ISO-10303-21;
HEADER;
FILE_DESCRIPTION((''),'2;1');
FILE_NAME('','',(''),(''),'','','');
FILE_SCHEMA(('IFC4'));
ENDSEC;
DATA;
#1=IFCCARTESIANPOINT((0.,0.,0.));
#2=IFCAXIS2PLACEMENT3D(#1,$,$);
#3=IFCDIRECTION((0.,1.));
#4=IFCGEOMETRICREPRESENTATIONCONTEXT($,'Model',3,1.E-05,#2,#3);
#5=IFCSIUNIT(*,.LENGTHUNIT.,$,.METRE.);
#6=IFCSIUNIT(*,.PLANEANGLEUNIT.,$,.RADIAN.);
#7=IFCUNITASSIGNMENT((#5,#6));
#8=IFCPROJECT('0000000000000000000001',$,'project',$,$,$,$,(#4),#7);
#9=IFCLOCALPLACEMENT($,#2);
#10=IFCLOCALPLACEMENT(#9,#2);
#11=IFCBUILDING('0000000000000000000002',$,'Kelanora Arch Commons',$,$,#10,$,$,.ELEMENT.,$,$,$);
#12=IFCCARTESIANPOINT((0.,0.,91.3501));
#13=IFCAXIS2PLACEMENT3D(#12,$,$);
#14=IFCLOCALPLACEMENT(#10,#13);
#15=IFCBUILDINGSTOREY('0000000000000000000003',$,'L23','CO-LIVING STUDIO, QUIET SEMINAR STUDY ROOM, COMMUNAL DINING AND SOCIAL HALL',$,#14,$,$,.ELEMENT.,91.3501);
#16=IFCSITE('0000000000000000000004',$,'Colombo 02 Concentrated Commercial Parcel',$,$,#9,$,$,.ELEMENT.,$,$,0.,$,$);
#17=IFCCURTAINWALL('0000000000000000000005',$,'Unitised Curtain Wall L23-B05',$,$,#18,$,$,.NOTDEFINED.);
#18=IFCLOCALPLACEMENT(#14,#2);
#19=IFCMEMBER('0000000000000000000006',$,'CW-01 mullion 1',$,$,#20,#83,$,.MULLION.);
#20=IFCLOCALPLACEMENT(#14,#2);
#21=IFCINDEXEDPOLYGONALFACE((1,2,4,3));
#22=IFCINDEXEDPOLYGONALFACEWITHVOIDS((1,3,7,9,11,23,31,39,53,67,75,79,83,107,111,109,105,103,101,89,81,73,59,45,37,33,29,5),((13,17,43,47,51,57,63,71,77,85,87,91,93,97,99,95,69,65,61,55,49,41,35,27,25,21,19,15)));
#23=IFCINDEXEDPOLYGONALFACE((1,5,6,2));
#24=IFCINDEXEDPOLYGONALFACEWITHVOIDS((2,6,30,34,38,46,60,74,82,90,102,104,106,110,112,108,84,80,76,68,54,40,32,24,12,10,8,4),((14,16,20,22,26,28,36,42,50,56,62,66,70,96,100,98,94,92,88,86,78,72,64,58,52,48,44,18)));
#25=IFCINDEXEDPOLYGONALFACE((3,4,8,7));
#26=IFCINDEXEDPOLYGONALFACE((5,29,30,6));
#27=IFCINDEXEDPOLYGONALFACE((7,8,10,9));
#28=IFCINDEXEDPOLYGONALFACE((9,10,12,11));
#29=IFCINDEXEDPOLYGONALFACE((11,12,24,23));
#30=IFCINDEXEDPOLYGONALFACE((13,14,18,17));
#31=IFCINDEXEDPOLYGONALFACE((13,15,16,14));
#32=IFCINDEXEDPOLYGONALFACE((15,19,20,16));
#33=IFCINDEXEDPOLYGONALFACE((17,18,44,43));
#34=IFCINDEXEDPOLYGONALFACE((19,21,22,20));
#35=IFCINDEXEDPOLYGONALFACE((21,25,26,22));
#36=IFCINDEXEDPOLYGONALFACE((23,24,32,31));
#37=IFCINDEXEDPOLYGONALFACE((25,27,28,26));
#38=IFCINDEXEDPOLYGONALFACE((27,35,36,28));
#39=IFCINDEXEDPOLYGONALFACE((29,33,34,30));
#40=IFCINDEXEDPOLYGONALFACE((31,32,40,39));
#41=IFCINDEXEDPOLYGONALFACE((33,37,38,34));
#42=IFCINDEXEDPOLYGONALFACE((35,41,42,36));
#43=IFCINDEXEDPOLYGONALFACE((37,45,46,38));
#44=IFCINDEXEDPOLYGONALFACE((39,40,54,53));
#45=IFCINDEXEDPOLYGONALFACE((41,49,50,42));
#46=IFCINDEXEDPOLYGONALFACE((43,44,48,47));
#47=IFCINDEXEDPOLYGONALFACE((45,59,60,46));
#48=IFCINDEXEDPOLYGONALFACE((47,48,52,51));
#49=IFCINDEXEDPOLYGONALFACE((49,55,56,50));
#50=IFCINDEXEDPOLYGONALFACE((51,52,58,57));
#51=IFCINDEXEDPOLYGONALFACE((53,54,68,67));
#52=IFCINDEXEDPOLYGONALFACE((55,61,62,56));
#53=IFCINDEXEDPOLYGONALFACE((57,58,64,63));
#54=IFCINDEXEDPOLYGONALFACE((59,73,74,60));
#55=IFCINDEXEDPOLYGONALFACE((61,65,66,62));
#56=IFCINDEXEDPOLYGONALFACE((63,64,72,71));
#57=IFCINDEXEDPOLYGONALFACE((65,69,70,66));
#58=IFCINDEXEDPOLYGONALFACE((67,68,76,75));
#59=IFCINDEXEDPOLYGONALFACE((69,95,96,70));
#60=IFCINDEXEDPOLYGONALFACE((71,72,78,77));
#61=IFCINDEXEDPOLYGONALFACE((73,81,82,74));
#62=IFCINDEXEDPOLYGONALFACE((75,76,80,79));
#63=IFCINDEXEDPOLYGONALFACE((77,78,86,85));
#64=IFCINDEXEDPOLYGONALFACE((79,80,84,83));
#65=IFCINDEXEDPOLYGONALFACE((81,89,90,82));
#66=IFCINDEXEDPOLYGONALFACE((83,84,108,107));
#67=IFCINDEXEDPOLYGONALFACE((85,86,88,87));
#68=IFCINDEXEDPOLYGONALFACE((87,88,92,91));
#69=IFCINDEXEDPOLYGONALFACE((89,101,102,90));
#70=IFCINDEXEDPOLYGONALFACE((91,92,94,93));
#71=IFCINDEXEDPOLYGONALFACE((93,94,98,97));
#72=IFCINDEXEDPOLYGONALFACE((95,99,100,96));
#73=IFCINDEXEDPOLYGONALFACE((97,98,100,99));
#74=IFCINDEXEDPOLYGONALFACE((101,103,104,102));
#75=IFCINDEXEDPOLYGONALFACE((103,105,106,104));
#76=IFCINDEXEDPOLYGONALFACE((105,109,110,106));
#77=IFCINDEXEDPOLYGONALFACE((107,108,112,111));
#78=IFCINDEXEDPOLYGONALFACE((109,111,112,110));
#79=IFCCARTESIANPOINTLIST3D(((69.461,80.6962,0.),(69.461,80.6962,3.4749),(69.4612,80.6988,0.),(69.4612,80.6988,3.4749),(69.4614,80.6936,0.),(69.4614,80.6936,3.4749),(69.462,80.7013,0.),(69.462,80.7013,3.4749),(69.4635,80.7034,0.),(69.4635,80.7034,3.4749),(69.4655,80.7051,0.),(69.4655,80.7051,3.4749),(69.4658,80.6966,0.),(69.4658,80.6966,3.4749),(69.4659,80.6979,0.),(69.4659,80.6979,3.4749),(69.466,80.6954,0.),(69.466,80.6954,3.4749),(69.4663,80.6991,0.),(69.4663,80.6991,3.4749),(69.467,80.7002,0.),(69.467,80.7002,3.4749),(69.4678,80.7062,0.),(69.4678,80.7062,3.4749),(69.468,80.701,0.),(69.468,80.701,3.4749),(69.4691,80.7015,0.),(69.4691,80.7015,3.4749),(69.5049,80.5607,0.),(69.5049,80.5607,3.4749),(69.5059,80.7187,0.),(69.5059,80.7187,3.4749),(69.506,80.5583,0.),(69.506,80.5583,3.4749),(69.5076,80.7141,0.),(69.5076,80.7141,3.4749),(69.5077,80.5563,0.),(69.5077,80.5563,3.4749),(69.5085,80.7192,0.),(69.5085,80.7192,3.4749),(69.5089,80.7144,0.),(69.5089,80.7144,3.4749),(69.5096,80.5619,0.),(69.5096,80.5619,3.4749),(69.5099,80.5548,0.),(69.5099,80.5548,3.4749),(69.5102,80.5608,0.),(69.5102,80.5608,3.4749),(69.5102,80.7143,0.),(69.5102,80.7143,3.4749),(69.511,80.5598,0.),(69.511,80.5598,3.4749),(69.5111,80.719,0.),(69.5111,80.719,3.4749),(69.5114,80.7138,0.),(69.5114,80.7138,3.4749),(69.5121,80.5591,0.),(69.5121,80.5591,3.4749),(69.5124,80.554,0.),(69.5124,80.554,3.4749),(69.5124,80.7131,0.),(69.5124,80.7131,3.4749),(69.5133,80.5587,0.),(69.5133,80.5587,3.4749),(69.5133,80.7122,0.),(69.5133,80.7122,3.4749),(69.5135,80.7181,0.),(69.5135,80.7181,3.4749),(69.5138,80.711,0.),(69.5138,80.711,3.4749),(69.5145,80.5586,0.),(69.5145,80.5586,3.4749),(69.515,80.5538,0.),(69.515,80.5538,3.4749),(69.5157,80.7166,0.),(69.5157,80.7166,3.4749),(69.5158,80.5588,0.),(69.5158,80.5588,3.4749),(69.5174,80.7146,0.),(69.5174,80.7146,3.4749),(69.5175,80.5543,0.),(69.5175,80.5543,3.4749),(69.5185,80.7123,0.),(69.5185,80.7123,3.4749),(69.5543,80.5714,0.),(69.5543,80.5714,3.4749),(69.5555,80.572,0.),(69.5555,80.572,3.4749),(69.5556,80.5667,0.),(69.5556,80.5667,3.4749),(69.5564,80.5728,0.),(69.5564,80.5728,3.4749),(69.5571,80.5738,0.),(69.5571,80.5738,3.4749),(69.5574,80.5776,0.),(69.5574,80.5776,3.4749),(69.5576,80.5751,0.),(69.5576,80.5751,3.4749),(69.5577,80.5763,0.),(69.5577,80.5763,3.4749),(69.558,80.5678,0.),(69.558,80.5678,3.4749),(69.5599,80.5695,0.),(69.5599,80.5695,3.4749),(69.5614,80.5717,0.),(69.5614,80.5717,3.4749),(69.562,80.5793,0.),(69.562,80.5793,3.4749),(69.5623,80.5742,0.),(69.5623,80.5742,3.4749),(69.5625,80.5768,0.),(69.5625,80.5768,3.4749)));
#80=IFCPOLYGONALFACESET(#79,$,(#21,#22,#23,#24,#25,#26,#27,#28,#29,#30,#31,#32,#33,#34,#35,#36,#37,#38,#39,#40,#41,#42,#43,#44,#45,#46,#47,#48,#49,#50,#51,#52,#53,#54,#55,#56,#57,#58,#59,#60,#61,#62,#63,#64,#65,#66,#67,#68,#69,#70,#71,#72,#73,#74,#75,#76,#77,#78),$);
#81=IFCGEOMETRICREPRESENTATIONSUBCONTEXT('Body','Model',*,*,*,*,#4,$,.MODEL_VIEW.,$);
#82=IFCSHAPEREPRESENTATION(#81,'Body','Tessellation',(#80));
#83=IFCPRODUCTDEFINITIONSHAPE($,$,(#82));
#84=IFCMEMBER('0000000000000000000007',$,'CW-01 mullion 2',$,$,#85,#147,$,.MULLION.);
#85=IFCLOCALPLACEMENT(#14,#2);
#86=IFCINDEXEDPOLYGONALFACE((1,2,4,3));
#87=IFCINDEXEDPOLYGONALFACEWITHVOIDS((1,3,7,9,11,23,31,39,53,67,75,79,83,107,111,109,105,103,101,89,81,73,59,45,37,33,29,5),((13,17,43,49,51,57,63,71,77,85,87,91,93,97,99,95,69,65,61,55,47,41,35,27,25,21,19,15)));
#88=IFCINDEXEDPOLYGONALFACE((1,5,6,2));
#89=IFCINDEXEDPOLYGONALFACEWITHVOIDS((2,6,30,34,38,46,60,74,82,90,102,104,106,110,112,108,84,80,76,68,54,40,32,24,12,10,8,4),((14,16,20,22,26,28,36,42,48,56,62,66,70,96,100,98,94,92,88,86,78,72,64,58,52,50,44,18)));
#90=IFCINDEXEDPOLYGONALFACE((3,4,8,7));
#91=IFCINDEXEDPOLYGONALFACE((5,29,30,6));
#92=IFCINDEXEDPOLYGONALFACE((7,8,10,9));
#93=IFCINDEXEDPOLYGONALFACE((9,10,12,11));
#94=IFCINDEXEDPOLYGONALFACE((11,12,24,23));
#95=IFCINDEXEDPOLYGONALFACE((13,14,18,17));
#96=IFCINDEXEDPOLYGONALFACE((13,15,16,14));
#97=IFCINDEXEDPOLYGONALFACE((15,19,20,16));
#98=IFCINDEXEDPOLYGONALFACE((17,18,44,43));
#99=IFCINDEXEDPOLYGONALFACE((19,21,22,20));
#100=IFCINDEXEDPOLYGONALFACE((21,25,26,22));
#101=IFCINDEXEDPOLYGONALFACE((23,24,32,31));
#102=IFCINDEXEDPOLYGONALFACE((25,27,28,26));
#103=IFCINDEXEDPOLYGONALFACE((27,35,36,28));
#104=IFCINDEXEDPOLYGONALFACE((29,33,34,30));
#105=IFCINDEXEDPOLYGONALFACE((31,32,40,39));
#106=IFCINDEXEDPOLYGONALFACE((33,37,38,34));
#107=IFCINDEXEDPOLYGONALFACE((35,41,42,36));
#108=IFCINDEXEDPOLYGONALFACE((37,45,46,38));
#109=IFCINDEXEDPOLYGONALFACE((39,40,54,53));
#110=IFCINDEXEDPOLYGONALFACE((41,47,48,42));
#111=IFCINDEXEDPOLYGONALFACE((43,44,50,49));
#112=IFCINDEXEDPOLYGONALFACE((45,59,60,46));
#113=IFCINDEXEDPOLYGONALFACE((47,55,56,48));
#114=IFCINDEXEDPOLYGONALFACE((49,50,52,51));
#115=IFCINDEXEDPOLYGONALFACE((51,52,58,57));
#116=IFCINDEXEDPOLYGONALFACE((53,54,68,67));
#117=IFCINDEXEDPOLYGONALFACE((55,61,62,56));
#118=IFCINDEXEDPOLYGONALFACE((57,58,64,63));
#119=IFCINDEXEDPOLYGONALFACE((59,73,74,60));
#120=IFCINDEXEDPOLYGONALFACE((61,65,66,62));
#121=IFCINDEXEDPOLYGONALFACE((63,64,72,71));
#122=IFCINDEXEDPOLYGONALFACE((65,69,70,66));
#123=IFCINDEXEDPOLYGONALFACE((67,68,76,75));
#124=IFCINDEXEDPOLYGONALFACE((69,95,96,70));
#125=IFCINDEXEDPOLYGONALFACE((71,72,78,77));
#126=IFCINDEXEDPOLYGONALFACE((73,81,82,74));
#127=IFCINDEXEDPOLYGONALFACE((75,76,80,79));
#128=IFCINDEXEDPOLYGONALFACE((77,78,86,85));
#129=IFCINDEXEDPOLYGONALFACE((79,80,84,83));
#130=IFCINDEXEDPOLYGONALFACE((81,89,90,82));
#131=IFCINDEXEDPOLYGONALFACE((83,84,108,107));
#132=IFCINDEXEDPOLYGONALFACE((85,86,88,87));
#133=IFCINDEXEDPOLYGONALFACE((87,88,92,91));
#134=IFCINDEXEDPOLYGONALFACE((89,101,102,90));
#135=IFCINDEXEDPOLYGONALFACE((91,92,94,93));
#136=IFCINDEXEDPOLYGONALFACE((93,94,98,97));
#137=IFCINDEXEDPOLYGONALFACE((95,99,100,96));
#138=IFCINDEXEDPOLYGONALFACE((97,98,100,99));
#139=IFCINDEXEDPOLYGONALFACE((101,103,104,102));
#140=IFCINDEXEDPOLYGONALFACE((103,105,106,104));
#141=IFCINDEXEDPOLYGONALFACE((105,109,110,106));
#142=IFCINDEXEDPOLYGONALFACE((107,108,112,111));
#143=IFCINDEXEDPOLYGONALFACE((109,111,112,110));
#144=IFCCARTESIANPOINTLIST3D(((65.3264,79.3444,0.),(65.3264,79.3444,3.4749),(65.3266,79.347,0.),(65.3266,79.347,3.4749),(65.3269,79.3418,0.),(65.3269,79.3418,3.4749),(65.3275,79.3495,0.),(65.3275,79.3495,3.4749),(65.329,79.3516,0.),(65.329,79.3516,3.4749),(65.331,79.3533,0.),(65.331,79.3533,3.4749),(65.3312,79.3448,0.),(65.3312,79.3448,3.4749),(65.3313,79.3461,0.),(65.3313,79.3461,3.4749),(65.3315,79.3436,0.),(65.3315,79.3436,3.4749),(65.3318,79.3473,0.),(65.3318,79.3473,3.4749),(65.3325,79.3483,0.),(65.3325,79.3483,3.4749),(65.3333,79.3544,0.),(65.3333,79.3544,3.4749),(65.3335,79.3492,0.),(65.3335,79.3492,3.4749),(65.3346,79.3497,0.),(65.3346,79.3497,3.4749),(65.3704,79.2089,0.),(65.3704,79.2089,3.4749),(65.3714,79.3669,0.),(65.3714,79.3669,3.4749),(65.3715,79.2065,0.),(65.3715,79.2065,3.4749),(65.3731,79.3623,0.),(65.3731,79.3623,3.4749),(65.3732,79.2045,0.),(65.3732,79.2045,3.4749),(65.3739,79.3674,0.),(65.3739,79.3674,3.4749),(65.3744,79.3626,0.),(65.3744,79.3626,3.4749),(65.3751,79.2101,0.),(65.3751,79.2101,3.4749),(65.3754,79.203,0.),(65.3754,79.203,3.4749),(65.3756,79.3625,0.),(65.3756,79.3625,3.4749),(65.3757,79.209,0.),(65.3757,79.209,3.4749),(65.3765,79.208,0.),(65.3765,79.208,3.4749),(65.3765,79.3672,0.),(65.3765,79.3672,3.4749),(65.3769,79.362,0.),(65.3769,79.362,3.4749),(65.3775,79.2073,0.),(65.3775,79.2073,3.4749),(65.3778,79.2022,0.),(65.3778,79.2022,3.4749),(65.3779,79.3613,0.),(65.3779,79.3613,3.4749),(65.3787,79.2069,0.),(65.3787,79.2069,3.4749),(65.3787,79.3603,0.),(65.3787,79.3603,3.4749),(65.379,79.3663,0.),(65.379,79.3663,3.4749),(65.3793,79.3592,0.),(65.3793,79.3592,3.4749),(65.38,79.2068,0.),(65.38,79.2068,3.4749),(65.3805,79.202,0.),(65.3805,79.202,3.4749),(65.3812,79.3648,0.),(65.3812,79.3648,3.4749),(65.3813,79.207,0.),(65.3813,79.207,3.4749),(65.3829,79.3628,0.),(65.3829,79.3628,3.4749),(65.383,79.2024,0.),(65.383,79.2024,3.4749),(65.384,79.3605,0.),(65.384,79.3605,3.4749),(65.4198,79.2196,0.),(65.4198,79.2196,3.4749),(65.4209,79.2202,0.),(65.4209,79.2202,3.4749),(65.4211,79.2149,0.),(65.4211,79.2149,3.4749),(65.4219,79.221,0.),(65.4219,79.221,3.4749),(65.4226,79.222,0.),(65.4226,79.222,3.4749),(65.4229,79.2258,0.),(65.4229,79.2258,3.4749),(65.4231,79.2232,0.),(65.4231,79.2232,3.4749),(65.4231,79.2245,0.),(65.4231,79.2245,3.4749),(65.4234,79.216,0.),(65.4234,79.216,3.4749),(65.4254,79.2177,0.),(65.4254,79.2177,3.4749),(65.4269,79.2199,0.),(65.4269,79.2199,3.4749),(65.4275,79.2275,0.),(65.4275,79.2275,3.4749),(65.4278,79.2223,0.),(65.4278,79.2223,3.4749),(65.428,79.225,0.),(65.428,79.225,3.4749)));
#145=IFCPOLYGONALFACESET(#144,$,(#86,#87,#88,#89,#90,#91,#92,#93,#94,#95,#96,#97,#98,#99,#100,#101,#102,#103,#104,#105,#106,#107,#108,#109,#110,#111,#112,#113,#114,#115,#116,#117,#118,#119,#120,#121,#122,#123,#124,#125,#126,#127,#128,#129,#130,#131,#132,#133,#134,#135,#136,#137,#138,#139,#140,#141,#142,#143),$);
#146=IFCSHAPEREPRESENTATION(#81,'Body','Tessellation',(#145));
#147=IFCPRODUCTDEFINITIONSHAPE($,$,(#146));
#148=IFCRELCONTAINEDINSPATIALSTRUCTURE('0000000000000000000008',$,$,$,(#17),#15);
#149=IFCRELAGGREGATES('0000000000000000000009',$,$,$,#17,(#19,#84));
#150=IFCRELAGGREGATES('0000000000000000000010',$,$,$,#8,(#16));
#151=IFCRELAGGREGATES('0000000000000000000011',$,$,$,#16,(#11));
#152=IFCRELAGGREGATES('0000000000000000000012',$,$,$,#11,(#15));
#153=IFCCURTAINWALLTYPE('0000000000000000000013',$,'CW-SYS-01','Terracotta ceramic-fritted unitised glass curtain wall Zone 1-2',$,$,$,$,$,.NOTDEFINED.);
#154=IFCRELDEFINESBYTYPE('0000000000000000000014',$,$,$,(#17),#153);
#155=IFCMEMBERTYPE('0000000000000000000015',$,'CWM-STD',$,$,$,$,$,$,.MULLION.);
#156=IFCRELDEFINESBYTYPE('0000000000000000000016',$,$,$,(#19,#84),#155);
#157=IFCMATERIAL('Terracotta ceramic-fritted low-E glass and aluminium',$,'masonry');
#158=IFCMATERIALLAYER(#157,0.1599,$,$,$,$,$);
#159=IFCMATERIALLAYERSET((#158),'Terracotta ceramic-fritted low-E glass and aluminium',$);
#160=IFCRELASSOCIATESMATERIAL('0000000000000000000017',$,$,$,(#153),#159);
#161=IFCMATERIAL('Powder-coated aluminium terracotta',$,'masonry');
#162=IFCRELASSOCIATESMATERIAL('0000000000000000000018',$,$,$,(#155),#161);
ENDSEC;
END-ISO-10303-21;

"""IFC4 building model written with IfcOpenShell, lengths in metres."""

from ifc_helpers import new_model, si_unit, direction, frame, origin, origin_2d, place, context, subcontext, project, spatial, hollow_rectangle, extrude, material, layer, layer_set, material_profile, profile_set, type_object, element, aggregate, save


model = new_model("IFC4")

# Units and contexts
model_context = context("Model", 3, precision=1e-05, world=origin(), true_north=direction((0.0, 1.0)))
body_context = subcontext(model_context, "Body", "Model", "MODEL_VIEW")
ifc_project = project(units=[si_unit("LENGTHUNIT", "METRE"), si_unit("PLANEANGLEUNIT", "RADIAN")], contexts=[model_context])

# Site, building, storey
site_placement = place(None, origin())
site = spatial("IfcSite", under=ifc_project, at=site_placement, Name="Colombo 02 Concentrated Commercial Parcel", CompositionType="ELEMENT", RefElevation=0.0)
building_placement = place(site_placement, origin())
building = spatial("IfcBuilding", under=site, at=building_placement, Name="Kelanora Arch Commons", CompositionType="ELEMENT")
storey_placement = place(building_placement, frame((0.0, 0.0, 91.3501)))
storey = spatial("IfcBuildingStorey", under=building, at=storey_placement, Name="L23", Description="CO-LIVING STUDIO, QUIET SEMINAR STUDY ROOM, COMMUNAL DINING AND SOCIAL HALL", CompositionType="ELEMENT", Elevation=91.3501)

# Curtain wall, members
ifc_material_1 = material(Name="Terracotta ceramic-fritted low-E glass and aluminium", Category="masonry")
ifc_layer_1 = layer(ifc_material_1, 0.1599)
ifc_layer_set_1 = layer_set([ifc_layer_1], Name="Terracotta ceramic-fritted low-E glass and aluminium")
curtain_wall_type = type_object("IfcCurtainWallType", Name="CW-SYS-01", Description="Terracotta ceramic-fritted unitised glass curtain wall Zone 1-2", PredefinedType="NOTDEFINED", material=ifc_layer_set_1)
curtain_wall_placement = place(storey_placement, origin())
curtain_wall = element("IfcCurtainWall", 1, at=curtain_wall_placement, inside=storey, type_object=curtain_wall_type, Name="Unitised Curtain Wall L23-B05", PredefinedType="NOTDEFINED")
ifc_material_2 = material(Name="Powder-coated aluminium terracotta", Category="masonry")
ifc_material_profile_1 = material_profile(ifc_material_2, hollow_rectangle(XDim=0.1599, YDim=0.0601, WallThickness=0.0049, InnerFilletRadius=0.0049, OuterFilletRadius=0.01, at=origin_2d()), Name="CWM160x60")
ifc_profile_set_1 = profile_set([ifc_material_profile_1], Name="Powder-coated aluminium terracotta")
member_type_1 = type_object("IfcMemberType", Name="CWM-STD", PredefinedType="MULLION", material=ifc_profile_set_1)
member_1_placement = place(storey_placement, frame((69.5117, 80.6365, 0.0), z_axis=(0.0, 0.0, 1.0), x_axis=(0.310805, -0.950474, 0.0)))
member_1 = element("IfcMember", 2, at=member_1_placement, type_object=member_type_1, Name="CW-01 mullion 1", PredefinedType="MULLION", context=body_context, shape_type="SweptSolid", body=[
    extrude(hollow_rectangle(XDim=0.1599, YDim=0.0601, WallThickness=0.0049, InnerFilletRadius=0.0049, OuterFilletRadius=0.01, at=origin_2d()), origin(), (0.0, 0.0, 1.0), 3.4749),
])
member_2_placement = place(storey_placement, frame((65.3772, 79.2847, 0.0), z_axis=(0.0, 0.0, 1.0), x_axis=(0.310805, -0.950474, 0.0)))
member_2 = element("IfcMember", 3, at=member_2_placement, type_object=member_type_1, Name="CW-01 mullion 2", PredefinedType="MULLION", context=body_context, shape_type="SweptSolid", body=[
    extrude(hollow_rectangle(XDim=0.1599, YDim=0.0601, WallThickness=0.0049, InnerFilletRadius=0.0049, OuterFilletRadius=0.01, at=origin_2d()), origin(), (0.0, 0.0, 1.0), 3.4749),
])
aggregate(curtain_wall, [member_1, member_2])

save(model, "model.ifc")
